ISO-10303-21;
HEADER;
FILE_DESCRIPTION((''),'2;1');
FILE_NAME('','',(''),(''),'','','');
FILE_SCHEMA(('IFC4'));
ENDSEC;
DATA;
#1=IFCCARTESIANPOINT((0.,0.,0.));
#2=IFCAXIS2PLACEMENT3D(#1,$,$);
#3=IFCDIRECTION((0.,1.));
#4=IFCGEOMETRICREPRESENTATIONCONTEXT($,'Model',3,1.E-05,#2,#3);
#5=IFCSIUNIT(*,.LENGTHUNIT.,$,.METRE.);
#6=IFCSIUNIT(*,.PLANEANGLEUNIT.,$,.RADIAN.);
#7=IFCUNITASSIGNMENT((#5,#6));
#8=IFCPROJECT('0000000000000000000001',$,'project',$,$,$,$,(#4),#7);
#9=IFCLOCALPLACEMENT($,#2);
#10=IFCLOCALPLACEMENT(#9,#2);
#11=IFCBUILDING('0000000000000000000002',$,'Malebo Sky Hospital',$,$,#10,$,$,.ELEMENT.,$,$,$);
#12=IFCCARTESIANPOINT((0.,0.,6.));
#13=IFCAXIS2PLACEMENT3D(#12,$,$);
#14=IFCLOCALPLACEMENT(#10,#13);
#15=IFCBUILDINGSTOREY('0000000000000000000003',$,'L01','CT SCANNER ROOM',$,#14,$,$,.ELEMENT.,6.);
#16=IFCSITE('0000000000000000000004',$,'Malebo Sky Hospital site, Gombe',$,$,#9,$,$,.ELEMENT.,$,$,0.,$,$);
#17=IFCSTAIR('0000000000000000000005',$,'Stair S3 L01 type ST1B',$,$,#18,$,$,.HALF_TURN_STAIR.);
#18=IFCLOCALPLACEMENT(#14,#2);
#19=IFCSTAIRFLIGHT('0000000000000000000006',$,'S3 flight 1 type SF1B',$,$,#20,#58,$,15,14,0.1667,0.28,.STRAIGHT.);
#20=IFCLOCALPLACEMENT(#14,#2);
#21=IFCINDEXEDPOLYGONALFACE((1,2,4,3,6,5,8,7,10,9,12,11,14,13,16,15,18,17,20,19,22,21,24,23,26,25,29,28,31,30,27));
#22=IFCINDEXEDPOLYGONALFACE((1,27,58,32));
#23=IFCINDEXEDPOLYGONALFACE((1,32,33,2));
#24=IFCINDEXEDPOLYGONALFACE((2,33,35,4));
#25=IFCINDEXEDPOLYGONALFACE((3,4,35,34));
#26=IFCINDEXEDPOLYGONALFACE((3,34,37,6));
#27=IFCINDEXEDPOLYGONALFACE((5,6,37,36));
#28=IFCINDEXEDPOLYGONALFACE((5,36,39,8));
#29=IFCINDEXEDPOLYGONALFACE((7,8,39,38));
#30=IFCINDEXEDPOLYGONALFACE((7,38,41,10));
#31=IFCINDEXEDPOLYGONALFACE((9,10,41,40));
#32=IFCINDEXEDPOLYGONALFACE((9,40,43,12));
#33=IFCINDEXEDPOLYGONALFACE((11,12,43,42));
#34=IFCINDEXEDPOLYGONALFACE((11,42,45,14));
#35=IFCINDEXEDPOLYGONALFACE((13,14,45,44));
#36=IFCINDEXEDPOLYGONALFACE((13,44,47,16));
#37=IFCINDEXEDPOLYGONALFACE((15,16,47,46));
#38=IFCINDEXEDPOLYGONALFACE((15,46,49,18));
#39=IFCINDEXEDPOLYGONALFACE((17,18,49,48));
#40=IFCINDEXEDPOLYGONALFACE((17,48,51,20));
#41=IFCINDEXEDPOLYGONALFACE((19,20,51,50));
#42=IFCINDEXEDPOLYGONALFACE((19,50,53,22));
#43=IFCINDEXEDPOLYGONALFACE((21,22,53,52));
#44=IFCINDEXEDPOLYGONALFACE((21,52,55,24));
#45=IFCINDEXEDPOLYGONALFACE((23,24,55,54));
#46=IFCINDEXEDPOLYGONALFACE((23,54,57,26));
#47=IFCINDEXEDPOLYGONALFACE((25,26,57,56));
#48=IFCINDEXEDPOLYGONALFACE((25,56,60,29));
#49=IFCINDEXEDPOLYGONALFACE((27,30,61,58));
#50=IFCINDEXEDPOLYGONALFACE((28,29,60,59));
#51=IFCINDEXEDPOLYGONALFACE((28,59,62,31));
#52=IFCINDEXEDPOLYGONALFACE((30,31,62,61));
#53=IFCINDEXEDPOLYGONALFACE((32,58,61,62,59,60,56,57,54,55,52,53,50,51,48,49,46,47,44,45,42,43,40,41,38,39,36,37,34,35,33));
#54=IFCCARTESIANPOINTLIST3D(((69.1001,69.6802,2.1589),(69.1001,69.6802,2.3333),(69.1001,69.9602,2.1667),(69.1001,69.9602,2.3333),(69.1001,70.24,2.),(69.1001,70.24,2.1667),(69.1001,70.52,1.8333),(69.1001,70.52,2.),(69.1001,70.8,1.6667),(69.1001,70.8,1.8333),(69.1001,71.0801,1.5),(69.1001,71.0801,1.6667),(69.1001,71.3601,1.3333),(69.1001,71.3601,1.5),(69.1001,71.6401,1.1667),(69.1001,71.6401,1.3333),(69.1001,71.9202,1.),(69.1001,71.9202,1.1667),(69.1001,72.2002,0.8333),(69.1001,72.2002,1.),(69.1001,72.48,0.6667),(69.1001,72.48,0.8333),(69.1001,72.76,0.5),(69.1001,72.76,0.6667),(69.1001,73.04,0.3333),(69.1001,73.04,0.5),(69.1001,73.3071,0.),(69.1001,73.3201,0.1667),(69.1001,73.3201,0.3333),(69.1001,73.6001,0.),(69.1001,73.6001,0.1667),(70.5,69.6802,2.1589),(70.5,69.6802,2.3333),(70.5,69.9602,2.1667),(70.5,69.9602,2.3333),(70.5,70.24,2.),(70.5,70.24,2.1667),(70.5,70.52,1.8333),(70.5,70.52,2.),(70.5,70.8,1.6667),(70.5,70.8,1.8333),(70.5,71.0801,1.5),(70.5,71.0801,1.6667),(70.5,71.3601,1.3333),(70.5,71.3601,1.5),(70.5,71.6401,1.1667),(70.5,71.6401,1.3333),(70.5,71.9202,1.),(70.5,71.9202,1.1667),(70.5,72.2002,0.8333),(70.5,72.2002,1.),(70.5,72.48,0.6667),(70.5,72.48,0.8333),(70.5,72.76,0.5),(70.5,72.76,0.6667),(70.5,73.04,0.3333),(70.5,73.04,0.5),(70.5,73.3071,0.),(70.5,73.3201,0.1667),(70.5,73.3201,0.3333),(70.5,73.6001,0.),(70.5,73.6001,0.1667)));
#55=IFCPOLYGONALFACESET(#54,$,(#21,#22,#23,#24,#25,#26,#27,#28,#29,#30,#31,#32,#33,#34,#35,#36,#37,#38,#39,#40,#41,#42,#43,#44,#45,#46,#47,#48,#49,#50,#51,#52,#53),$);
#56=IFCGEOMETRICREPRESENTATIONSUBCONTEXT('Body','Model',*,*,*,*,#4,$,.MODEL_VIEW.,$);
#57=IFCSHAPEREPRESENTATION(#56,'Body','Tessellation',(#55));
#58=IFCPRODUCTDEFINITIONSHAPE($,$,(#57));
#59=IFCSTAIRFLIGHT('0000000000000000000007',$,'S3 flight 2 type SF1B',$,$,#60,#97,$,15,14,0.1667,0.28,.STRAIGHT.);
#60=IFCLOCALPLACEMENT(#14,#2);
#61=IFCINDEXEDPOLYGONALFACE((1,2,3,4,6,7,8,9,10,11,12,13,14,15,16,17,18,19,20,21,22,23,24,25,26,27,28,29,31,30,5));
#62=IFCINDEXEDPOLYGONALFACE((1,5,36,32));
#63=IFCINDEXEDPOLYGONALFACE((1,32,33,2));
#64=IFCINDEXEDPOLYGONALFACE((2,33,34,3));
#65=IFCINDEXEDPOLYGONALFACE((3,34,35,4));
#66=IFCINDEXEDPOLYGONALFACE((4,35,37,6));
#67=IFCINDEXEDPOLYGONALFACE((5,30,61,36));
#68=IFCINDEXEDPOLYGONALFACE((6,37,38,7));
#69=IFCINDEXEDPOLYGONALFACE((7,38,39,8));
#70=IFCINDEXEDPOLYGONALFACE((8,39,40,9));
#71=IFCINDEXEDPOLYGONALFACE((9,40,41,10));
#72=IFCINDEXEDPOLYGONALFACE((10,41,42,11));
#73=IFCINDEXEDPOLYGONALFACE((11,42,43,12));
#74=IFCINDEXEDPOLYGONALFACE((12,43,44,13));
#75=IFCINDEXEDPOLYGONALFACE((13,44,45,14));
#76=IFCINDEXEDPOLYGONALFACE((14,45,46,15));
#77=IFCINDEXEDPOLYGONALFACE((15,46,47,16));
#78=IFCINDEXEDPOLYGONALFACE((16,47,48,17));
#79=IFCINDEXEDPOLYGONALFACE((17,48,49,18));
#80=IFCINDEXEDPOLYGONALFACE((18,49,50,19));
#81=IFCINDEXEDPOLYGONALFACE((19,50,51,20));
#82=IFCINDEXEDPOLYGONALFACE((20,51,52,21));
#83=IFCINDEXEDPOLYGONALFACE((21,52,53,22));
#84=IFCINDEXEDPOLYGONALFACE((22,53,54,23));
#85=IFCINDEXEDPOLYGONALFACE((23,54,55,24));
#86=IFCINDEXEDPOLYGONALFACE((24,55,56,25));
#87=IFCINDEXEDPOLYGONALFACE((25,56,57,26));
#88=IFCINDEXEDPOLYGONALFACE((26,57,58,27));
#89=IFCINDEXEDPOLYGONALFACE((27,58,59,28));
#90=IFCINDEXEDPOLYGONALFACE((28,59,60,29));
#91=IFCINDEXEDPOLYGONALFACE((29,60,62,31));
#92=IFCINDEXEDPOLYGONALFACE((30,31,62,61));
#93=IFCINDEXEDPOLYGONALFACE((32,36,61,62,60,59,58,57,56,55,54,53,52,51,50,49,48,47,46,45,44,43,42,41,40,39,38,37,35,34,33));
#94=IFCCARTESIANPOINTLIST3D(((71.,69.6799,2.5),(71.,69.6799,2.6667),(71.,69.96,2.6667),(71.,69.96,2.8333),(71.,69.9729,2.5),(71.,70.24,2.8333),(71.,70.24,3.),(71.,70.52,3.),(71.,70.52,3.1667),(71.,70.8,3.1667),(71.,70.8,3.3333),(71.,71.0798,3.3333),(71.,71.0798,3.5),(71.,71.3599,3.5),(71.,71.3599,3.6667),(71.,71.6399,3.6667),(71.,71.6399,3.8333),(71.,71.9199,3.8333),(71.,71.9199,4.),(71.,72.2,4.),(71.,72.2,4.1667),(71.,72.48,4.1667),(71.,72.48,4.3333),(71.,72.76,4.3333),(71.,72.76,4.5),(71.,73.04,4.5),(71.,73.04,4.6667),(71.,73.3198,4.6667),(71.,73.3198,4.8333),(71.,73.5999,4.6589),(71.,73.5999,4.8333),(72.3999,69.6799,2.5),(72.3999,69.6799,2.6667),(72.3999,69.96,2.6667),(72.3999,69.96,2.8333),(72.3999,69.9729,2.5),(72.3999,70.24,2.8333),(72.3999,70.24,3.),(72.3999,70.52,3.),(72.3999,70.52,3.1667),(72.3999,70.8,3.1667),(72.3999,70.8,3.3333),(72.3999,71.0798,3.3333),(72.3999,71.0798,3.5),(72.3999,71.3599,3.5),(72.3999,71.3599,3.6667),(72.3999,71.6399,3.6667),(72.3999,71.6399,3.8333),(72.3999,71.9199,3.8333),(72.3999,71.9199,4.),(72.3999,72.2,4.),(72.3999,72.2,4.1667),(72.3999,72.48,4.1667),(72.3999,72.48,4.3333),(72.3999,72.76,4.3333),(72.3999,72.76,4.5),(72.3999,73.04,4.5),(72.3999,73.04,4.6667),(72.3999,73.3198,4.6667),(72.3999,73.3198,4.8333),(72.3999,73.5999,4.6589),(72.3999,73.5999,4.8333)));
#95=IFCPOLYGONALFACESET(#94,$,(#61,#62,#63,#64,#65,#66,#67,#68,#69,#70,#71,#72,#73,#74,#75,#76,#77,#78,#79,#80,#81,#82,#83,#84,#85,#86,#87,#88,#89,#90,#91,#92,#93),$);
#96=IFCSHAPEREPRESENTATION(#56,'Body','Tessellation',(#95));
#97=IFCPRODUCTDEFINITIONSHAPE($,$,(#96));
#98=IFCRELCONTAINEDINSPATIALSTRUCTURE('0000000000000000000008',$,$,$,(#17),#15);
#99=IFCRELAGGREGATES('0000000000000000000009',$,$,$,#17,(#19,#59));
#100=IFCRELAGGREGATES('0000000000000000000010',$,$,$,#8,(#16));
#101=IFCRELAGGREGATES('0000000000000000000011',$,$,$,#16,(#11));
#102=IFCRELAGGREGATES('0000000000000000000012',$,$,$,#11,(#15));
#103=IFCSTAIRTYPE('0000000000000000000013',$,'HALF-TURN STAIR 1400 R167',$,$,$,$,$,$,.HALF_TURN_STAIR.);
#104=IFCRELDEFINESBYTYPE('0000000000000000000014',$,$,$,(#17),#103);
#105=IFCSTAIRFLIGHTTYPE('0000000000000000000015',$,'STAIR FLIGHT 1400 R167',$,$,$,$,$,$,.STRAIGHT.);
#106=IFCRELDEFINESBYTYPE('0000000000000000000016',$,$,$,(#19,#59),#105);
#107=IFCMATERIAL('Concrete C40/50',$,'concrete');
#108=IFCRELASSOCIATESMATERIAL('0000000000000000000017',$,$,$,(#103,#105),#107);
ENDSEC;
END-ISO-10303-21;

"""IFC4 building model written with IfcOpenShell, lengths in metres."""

from ifc_helpers import new_model, si_unit, direction, frame, origin, place, context, subcontext, project, spatial, polyline, outline, extrude, material, type_object, element, aggregate, save


model = new_model("IFC4")

# Units and contexts
model_context = context("Model", 3, precision=1e-05, world=origin(), true_north=direction((0.0, 1.0)))
body_context = subcontext(model_context, "Body", "Model", "MODEL_VIEW")
ifc_project = project(units=[si_unit("LENGTHUNIT", "METRE"), si_unit("PLANEANGLEUNIT", "RADIAN")], contexts=[model_context])

# Site, building, storey
site_placement = place(None, origin())
site = spatial("IfcSite", under=ifc_project, at=site_placement, Name="Malebo Sky Hospital site, Gombe", CompositionType="ELEMENT", RefElevation=0.0)
building_placement = place(site_placement, origin())
building = spatial("IfcBuilding", under=site, at=building_placement, Name="Malebo Sky Hospital", CompositionType="ELEMENT")
storey_placement = place(building_placement, frame((0.0, 0.0, 6.0)))
storey = spatial("IfcBuildingStorey", under=building, at=storey_placement, Name="L01", Description="CT SCANNER ROOM", CompositionType="ELEMENT", Elevation=6.0)

# Shared definitions
ifc_material_1 = material(Name="Concrete C40/50", Category="concrete")

# Stair, stair flights
stair_type = type_object("IfcStairType", Name="HALF-TURN STAIR 1400 R167", PredefinedType="HALF_TURN_STAIR", material=ifc_material_1)
stair_placement = place(storey_placement, origin())
stair = element("IfcStair", 1, at=stair_placement, inside=storey, type_object=stair_type, Name="Stair S3 L01 type ST1B", PredefinedType="HALF_TURN_STAIR")
stair_flight_type = type_object("IfcStairFlightType", Name="STAIR FLIGHT 1400 R167", PredefinedType="STRAIGHT", material=ifc_material_1)
stair_flight_1_placement = place(storey_placement, frame((69.8, 73.6001, 0.0), z_axis=(0.0, 0.0, 1.0), x_axis=(0.0, -1.0, 0.0)))
stair_flight_1 = element("IfcStairFlight", 2, at=stair_flight_1_placement, type_object=stair_flight_type, Name="S3 flight 1 type SF1B", NumberOfRisers=15, NumberOfTreads=14, PredefinedType="STRAIGHT", RiserHeight=0.1667, TreadLength=0.28, context=body_context, shape_type="SweptSolid", body=[
    extrude(outline(polyline([(0.0, 0.0), (0.0, 0.1667), (0.28, 0.1667), (0.28, 0.3333), (0.5601, 0.3333), (0.5601, 0.5), (0.8401, 0.5), (0.8401, 0.6667), (1.1201, 0.6667), (1.1201, 0.8333), (1.3999, 0.8333), (1.3999, 1.0), (1.6799, 1.0), (1.6799, 1.1667), (1.96, 1.1667), (1.96, 1.3333), (2.24, 1.3333), (2.24, 1.5), (2.52, 1.5), (2.52, 1.6667), (2.8, 1.6667), (2.8, 1.8333), (3.0801, 1.8333), (3.0801, 2.0), (3.3601, 2.0), (3.3601, 2.1667), (3.6399, 2.1667), (3.6399, 2.3333), (3.9199, 2.3333), (3.9199, 2.5), (3.9199, 2.1589), (0.293, 0.0), (0.0, 0.0)])), frame((0.0, 0.7, 0.0), z_axis=(0.0, -1.0, 0.0), x_axis=(1.0, 0.0, 0.0)), (0.0, 0.0, 1.0), 1.3999),
])
stair_flight_2_placement = place(storey_placement, frame((71.7, 69.6799, 2.5), z_axis=(0.0, 0.0, 1.0), x_axis=(0.0, 1.0, 0.0)))
stair_flight_2 = element("IfcStairFlight", 3, at=stair_flight_2_placement, type_object=stair_flight_type, Name="S3 flight 2 type SF1B", NumberOfRisers=15, NumberOfTreads=14, PredefinedType="STRAIGHT", RiserHeight=0.1667, TreadLength=0.28, context=body_context, shape_type="SweptSolid", body=[
    extrude(outline(polyline([(0.0, 0.0), (0.0, 0.1667), (0.28, 0.1667), (0.28, 0.3333), (0.5601, 0.3333), (0.5601, 0.5), (0.8401, 0.5), (0.8401, 0.6667), (1.1201, 0.6667), (1.1201, 0.8333), (1.3999, 0.8333), (1.3999, 1.0), (1.6799, 1.0), (1.6799, 1.1667), (1.96, 1.1667), (1.96, 1.3333), (2.24, 1.3333), (2.24, 1.5), (2.52, 1.5), (2.52, 1.6667), (2.8, 1.6667), (2.8, 1.8333), (3.0801, 1.8333), (3.0801, 2.0), (3.3601, 2.0), (3.3601, 2.1667), (3.6399, 2.1667), (3.6399, 2.3333), (3.9199, 2.3333), (3.9199, 2.5), (3.9199, 2.1589), (0.293, 0.0), (0.0, 0.0)])), frame((0.0, 0.7, 0.0), z_axis=(0.0, -1.0, 0.0), x_axis=(1.0, 0.0, 0.0)), (0.0, 0.0, 1.0), 1.3999),
])
aggregate(stair, [stair_flight_1, stair_flight_2])

save(model, "model.ifc")
